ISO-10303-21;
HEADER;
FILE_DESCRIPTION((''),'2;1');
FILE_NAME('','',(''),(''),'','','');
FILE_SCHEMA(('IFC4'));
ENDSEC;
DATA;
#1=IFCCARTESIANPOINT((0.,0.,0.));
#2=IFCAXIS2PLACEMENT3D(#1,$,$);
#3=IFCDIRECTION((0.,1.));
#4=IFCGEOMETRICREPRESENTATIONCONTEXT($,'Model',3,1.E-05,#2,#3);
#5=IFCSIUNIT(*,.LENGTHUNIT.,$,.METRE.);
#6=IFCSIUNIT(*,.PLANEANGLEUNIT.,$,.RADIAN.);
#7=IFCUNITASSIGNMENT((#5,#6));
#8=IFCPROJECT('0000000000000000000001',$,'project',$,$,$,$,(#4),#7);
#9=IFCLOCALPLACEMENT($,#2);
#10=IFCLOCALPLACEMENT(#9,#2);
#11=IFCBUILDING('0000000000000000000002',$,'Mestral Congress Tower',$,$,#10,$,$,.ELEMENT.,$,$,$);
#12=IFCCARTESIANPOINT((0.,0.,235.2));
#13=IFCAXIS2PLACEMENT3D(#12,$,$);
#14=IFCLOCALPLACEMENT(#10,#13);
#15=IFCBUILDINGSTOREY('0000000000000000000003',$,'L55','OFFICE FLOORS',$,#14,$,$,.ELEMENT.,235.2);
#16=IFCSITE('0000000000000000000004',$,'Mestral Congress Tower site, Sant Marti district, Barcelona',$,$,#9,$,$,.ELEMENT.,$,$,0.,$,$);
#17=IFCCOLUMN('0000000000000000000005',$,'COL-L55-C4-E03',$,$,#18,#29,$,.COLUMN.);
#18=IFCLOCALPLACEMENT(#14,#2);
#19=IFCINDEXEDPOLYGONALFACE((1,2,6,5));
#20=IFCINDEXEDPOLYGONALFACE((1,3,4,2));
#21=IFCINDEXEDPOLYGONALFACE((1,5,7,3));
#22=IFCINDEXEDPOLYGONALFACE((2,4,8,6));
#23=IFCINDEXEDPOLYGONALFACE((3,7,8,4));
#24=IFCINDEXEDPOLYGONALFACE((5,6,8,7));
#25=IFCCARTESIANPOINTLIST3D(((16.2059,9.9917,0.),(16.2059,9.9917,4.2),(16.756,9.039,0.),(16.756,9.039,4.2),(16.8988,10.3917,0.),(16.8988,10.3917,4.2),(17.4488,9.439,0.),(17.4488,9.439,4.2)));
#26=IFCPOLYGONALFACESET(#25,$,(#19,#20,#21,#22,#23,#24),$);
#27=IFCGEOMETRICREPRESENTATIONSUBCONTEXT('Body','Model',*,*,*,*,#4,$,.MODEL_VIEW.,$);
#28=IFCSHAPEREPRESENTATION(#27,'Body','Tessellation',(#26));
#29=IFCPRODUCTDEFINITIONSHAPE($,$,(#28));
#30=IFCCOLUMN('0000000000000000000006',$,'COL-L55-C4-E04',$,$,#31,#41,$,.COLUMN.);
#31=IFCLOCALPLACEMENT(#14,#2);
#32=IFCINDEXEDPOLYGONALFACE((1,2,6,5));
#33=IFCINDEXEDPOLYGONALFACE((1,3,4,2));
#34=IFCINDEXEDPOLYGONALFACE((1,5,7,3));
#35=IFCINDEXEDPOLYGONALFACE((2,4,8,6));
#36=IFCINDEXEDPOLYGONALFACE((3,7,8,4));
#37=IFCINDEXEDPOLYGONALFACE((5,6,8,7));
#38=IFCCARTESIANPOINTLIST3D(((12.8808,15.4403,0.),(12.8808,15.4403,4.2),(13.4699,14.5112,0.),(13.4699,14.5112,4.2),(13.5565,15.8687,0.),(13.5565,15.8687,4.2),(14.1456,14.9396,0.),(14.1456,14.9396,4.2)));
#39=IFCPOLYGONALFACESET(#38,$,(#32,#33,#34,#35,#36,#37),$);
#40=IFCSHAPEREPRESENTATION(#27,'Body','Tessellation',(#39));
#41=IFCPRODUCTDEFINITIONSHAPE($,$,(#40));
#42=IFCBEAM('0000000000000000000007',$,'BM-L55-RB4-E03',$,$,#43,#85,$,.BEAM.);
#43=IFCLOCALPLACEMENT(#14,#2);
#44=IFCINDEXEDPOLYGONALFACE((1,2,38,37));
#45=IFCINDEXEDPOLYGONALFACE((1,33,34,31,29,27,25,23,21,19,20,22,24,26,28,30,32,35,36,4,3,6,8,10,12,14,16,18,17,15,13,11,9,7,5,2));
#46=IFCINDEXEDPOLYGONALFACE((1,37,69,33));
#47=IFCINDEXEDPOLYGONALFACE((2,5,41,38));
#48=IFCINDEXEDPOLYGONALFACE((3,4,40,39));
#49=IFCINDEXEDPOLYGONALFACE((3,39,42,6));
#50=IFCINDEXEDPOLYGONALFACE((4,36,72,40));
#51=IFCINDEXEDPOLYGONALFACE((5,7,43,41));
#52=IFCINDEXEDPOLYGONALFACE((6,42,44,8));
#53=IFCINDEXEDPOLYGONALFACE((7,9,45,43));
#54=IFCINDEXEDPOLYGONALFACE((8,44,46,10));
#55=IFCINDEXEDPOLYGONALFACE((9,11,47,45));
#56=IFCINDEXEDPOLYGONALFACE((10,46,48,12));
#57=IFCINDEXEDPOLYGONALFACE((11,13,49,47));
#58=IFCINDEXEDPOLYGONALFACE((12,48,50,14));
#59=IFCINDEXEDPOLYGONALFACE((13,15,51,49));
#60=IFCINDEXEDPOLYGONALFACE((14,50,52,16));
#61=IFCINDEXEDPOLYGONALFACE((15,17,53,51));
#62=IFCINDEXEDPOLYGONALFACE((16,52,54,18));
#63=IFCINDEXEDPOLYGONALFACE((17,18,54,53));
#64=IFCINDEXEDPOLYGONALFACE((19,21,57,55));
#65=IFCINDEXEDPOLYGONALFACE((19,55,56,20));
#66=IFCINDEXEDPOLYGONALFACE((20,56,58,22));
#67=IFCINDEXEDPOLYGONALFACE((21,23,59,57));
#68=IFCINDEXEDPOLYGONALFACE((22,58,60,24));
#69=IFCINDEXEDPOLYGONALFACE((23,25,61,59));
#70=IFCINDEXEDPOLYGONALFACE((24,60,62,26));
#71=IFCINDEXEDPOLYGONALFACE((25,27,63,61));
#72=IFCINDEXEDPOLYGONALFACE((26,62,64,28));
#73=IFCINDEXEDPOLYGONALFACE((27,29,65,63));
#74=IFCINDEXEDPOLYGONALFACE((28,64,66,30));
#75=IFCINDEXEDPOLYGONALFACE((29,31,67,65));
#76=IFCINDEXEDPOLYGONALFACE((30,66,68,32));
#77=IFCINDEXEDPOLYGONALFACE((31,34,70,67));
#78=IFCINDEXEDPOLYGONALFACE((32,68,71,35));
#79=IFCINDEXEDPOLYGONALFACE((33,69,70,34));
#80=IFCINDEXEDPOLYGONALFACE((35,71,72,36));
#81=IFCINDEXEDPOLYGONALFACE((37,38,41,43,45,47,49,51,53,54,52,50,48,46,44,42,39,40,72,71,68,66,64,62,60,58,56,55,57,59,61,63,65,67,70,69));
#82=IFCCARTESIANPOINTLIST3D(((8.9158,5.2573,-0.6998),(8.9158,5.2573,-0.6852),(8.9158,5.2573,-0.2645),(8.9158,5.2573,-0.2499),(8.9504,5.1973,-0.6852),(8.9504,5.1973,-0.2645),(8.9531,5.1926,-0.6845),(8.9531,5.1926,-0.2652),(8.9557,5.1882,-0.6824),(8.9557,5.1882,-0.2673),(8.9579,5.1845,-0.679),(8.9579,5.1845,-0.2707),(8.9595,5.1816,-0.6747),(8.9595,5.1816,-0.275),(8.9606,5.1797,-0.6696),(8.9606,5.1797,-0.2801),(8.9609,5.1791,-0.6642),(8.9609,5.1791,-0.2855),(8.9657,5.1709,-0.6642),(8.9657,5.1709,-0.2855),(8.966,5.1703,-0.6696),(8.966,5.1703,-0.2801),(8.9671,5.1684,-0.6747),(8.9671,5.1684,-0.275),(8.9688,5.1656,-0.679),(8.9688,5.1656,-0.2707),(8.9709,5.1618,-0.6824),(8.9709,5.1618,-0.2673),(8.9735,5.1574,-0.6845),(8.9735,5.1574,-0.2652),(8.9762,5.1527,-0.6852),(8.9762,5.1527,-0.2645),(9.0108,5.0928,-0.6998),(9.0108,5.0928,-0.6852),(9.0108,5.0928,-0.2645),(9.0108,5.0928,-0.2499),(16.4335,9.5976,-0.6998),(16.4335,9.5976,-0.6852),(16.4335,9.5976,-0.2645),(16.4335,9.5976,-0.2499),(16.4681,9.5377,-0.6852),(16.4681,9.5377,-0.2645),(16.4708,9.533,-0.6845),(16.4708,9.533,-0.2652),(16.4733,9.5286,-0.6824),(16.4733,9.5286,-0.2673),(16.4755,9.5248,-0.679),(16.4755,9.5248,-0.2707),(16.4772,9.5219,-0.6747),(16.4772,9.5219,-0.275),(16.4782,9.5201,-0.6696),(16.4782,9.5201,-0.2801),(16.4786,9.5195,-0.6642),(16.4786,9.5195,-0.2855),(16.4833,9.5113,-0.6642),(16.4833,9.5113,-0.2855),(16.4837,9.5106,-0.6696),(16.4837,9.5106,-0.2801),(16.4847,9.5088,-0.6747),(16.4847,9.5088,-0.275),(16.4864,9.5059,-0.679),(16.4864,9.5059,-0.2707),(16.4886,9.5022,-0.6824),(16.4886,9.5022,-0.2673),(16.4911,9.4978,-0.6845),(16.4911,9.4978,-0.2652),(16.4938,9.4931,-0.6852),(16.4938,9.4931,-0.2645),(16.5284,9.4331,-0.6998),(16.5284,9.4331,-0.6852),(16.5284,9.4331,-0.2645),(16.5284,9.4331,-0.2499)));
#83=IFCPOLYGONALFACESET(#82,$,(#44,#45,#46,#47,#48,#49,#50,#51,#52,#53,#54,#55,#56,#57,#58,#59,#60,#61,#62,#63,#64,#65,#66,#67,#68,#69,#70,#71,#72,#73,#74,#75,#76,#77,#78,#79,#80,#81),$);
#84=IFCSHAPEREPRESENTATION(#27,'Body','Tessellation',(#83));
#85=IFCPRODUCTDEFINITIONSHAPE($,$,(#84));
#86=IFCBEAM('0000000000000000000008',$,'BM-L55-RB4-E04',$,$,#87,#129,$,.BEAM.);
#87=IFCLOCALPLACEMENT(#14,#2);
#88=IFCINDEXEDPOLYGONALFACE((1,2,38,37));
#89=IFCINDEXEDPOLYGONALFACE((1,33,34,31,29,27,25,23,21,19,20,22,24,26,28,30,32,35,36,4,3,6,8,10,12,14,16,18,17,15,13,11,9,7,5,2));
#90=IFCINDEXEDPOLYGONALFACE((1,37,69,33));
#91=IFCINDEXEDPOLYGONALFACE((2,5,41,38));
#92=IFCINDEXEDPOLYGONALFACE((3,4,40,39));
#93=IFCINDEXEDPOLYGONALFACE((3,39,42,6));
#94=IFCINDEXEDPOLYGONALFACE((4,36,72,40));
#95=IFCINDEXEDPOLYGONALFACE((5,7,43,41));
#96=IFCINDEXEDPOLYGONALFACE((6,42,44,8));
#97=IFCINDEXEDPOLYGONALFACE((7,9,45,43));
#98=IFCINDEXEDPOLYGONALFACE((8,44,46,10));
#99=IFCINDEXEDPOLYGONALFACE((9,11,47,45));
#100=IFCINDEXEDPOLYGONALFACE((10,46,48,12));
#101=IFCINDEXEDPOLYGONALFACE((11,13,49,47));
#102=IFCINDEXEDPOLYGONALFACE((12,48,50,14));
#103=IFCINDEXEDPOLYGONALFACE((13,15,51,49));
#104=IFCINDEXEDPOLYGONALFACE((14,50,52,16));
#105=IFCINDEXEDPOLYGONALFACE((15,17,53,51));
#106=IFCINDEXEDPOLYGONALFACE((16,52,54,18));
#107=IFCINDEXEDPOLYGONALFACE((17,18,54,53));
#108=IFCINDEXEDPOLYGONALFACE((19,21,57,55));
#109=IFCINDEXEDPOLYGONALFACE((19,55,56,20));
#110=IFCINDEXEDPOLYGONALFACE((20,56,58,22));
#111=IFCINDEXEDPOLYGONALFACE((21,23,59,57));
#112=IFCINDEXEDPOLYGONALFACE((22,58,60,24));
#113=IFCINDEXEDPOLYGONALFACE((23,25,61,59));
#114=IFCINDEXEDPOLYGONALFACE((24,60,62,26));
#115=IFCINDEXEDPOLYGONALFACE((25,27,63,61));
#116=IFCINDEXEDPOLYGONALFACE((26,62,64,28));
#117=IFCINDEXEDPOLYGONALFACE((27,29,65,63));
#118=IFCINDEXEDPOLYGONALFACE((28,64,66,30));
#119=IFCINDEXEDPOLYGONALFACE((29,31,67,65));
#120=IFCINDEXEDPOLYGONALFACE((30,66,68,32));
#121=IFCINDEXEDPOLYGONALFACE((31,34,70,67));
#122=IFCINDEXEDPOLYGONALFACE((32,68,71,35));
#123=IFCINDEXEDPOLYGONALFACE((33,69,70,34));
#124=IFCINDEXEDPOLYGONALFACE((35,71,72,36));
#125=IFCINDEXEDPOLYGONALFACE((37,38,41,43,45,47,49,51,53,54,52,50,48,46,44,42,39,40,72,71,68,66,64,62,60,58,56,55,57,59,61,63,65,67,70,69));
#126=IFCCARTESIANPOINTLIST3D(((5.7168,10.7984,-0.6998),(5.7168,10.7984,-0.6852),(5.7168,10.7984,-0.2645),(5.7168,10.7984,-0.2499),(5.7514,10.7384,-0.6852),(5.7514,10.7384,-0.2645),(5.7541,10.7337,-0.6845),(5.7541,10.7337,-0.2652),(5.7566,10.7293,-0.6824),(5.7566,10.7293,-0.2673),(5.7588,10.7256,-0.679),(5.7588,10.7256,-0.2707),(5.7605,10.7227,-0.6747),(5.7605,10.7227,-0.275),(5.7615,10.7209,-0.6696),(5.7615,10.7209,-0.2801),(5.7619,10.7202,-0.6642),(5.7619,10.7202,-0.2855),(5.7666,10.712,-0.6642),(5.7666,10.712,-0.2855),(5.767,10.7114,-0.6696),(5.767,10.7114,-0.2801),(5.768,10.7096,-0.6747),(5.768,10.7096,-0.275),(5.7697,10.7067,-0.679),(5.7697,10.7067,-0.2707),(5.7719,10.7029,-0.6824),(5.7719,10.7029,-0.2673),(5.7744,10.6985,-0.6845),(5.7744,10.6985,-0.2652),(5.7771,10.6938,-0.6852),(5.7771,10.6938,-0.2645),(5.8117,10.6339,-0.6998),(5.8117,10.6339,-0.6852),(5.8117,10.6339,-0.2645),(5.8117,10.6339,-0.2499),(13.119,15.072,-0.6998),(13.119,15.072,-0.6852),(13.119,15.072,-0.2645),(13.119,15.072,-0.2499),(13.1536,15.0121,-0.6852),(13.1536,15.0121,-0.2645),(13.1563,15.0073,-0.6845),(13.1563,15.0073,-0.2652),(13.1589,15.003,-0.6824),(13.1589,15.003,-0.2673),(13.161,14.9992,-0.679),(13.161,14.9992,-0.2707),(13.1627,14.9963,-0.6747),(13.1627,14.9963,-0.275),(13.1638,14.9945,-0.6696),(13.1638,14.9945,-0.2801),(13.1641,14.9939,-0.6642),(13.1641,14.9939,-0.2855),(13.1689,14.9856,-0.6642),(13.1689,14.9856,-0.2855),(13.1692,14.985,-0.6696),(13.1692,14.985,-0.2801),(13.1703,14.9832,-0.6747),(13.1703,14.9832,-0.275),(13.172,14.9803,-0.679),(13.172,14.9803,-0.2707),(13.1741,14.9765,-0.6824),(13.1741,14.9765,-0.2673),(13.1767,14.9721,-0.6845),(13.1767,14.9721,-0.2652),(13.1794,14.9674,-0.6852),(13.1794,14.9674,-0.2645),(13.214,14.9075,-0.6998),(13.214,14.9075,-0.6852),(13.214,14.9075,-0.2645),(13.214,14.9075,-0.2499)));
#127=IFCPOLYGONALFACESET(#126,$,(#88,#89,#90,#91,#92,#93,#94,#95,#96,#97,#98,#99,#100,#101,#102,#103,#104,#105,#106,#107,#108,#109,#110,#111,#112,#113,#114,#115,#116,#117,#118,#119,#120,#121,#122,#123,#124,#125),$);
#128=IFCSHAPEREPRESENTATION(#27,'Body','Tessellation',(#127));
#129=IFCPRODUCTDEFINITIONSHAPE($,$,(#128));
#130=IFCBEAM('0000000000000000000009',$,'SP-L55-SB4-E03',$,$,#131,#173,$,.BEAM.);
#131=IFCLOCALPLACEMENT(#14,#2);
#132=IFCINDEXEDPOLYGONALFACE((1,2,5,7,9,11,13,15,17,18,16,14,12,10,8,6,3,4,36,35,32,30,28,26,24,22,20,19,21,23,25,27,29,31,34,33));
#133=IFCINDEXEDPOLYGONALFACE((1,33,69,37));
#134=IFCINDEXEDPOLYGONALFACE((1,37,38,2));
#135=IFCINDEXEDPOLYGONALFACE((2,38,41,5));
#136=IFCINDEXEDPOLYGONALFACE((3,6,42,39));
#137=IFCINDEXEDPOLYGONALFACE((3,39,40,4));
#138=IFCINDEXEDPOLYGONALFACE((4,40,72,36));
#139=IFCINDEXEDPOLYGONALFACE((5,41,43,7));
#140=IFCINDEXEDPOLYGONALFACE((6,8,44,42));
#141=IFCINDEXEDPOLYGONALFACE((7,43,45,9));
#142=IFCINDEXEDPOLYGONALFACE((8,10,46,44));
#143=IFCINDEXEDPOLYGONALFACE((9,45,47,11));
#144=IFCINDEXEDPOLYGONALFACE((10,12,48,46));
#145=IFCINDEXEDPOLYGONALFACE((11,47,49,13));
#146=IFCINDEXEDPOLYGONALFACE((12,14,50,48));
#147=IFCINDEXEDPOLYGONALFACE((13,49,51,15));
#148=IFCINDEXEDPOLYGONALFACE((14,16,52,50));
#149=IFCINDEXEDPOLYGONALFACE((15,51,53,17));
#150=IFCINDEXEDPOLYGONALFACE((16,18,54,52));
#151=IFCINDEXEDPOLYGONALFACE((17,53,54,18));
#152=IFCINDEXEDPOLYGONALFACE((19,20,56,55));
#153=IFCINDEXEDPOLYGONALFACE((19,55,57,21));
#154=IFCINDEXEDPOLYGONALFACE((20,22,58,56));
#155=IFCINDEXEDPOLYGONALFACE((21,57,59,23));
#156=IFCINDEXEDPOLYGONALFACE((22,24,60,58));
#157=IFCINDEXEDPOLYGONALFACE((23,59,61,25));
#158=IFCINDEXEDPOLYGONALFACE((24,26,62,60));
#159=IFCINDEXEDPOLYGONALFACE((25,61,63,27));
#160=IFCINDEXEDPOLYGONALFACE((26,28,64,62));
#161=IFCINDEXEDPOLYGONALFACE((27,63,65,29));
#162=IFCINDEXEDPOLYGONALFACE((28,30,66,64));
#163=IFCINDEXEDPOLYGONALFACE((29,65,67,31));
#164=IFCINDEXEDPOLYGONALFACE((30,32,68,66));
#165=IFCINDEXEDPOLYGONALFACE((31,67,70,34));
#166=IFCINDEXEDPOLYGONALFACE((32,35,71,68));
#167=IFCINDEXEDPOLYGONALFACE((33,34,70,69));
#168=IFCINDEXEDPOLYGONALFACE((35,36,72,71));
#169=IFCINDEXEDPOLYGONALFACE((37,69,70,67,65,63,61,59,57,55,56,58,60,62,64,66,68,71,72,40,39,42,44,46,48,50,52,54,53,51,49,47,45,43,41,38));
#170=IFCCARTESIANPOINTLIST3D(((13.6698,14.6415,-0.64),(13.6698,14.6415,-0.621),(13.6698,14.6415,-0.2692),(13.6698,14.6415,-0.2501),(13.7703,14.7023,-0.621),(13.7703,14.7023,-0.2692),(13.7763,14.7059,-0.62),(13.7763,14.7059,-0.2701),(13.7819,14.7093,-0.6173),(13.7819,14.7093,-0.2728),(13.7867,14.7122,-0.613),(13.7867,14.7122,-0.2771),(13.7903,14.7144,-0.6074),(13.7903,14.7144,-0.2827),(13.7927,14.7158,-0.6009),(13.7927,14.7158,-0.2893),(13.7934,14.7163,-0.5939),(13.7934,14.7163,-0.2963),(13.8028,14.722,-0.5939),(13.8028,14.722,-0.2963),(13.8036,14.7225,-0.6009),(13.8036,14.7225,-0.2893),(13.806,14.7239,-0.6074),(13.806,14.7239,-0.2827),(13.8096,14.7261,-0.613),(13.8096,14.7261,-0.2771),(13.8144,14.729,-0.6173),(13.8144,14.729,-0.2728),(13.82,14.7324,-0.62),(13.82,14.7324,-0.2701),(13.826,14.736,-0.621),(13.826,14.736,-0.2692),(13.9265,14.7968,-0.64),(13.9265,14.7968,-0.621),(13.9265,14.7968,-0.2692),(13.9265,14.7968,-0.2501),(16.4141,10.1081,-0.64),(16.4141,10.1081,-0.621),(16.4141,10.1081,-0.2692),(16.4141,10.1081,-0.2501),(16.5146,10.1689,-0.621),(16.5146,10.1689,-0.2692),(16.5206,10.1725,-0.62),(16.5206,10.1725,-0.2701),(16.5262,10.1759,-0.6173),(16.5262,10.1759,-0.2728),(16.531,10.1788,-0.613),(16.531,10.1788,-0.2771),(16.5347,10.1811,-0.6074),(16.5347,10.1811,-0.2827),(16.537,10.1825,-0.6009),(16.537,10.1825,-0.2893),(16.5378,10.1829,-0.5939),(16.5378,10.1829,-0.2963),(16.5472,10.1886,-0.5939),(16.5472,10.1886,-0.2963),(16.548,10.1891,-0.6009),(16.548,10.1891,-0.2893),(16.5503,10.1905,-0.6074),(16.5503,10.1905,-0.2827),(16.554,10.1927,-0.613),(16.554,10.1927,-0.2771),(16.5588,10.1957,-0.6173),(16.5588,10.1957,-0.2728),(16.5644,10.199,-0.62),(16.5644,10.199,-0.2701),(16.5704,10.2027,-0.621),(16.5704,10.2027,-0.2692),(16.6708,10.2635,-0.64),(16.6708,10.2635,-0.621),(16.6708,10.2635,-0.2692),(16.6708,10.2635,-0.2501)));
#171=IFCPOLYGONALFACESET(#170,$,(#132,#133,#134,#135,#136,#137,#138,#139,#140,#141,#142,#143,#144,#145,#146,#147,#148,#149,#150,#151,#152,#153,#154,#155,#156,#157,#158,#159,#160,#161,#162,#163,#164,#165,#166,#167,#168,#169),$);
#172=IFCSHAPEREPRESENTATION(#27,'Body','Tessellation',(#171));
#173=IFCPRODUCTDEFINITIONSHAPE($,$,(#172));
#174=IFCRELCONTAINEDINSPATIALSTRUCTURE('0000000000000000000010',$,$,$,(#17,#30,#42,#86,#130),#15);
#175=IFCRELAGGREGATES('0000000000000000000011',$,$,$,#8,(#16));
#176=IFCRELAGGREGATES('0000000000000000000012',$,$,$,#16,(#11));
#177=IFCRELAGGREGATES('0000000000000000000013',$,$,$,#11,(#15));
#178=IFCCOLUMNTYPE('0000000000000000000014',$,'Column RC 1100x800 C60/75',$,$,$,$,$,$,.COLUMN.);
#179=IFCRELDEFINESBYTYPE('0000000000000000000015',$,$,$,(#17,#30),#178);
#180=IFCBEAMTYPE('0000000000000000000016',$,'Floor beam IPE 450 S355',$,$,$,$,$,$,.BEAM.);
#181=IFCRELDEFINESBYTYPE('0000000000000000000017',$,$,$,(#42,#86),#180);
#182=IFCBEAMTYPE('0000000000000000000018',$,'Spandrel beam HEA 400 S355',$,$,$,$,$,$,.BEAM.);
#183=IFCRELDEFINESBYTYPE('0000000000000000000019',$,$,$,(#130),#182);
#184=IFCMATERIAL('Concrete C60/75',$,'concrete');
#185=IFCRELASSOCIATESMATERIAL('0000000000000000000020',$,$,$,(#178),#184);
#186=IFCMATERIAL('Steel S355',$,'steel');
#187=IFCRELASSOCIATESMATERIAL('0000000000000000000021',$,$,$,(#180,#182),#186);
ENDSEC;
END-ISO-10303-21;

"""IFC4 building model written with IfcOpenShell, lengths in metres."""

from ifc_helpers import new_model, si_unit, direction, frame, origin, origin_2d, place, context, subcontext, project, spatial, rectangle, i_section, extrude, material, material_profile, profile_set, type_object, element, save


model = new_model("IFC4")

# Units and contexts
model_context = context("Model", 3, precision=1e-05, world=origin(), true_north=direction((0.0, 1.0)))
body_context = subcontext(model_context, "Body", "Model", "MODEL_VIEW")
ifc_project = project(units=[si_unit("LENGTHUNIT", "METRE"), si_unit("PLANEANGLEUNIT", "RADIAN")], contexts=[model_context])

# Site, building, storey
site_placement = place(None, origin())
site = spatial("IfcSite", under=ifc_project, at=site_placement, Name="Mestral Congress Tower site, Sant Marti district, Barcelona", CompositionType="ELEMENT", RefElevation=0.0)
building_placement = place(site_placement, origin())
building = spatial("IfcBuilding", under=site, at=building_placement, Name="Mestral Congress Tower", CompositionType="ELEMENT")
storey_placement = place(building_placement, frame((0.0, 0.0, 235.2)))
storey = spatial("IfcBuildingStorey", under=building, at=storey_placement, Name="L55", Description="OFFICE FLOORS", CompositionType="ELEMENT", Elevation=235.2)

# Columns
ifc_material_1 = material(Name="Concrete C60/75", Category="concrete")
ifc_material_profile_1 = material_profile(ifc_material_1, rectangle(XDim=1.1001, YDim=0.8, at=origin_2d()), Name="RC 1100x800")
ifc_profile_set_1 = profile_set([ifc_material_profile_1], Name="Concrete C60/75")
column_type = type_object("IfcColumnType", Name="Column RC 1100x800 C60/75", PredefinedType="COLUMN", material=ifc_profile_set_1)
for number, where, z_axis, x_axis, name in (
    (1, (16.8274, 9.7153, 0.0), (0.0, 0.0, 1.0), (-0.5, 0.866025, 0.0), "COL-L55-C4-E03"),
    (2, (13.5132, 15.1899, 0.0), (0.0, 0.0, 1.0), (-0.535503, 0.844534, 0.0), "COL-L55-C4-E04"),
):
    element("IfcColumn", number, at=place(storey_placement, frame(where, z_axis=z_axis, x_axis=x_axis)), inside=storey, type_object=column_type, Name=name, PredefinedType="COLUMN", context=body_context, shape_type="SweptSolid", body=[
        extrude(rectangle(XDim=1.1001, YDim=0.8, at=origin_2d()), origin(), (0.0, 0.0, 1.0), 4.2),
    ])

# Beams
ifc_material_2 = material(Name="Steel S355", Category="steel")
ifc_material_profile_2 = material_profile(ifc_material_2, i_section(OverallWidth=0.1899, OverallDepth=0.45, WebThickness=0.0095, FlangeThickness=0.0146, FilletRadius=0.021, at=origin_2d()), Name="IPE 450")
ifc_profile_set_2 = profile_set([ifc_material_profile_2], Name="Steel S355")
beam_type_1 = type_object("IfcBeamType", Name="Floor beam IPE 450 S355", PredefinedType="BEAM", material=ifc_profile_set_2)
beam_1_placement = place(storey_placement, frame((16.481, 9.5154, -0.4749), z_axis=(-0.866023, -0.500005, 0.0), x_axis=(0.500005, -0.866023, 0.0)))
element("IfcBeam", 3, at=beam_1_placement, inside=storey, type_object=beam_type_1, Name="BM-L55-RB4-E03", PredefinedType="BEAM", context=body_context, shape_type="SweptSolid", body=[
    extrude(i_section(OverallWidth=0.1899, OverallDepth=0.45, WebThickness=0.0095, FlangeThickness=0.0146, FilletRadius=0.021, at=origin_2d()), origin(), (0.0, 0.0, 1.0), 8.6807),
])
beam_2_placement = place(storey_placement, frame((13.1665, 14.9897, -0.4749), z_axis=(-0.866029, -0.499994, 0.0), x_axis=(0.499994, -0.866029, 0.0)))
element("IfcBeam", 4, at=beam_2_placement, inside=storey, type_object=beam_type_1, Name="BM-L55-RB4-E04", PredefinedType="BEAM", context=body_context, shape_type="SweptSolid", body=[
    extrude(i_section(OverallWidth=0.1899, OverallDepth=0.45, WebThickness=0.0095, FlangeThickness=0.0146, FilletRadius=0.021, at=origin_2d()), origin(), (0.0, 0.0, 1.0), 8.5474),
])
ifc_material_profile_3 = material_profile(ifc_material_2, i_section(OverallWidth=0.3, OverallDepth=0.3899, WebThickness=0.011, FlangeThickness=0.019, FilletRadius=0.0271, at=origin_2d()), Name="HEA 400")
ifc_profile_set_3 = profile_set([ifc_material_profile_3], Name="Steel S355")
beam_type_2 = type_object("IfcBeamType", Name="Spandrel beam HEA 400 S355", PredefinedType="BEAM", material=ifc_profile_set_3)
for number, where, z_axis, x_axis, name in (
    (5, (16.5425, 10.1858, -0.4451), (-0.517866, 0.855462, 0.0), (-0.855462, -0.517866, 0.0), "SP-L55-SB4-E03"),
):
    element("IfcBeam", number, at=place(storey_placement, frame(where, z_axis=z_axis, x_axis=x_axis)), inside=storey, type_object=beam_type_2, Name=name, PredefinedType="BEAM", context=body_context, shape_type="SweptSolid", body=[
        extrude(i_section(OverallWidth=0.3, OverallDepth=0.3899, WebThickness=0.011, FlangeThickness=0.019, FilletRadius=0.0271, at=origin_2d()), origin(), (0.0, 0.0, 1.0), 5.2993),
    ])

save(model, "model.ifc")
